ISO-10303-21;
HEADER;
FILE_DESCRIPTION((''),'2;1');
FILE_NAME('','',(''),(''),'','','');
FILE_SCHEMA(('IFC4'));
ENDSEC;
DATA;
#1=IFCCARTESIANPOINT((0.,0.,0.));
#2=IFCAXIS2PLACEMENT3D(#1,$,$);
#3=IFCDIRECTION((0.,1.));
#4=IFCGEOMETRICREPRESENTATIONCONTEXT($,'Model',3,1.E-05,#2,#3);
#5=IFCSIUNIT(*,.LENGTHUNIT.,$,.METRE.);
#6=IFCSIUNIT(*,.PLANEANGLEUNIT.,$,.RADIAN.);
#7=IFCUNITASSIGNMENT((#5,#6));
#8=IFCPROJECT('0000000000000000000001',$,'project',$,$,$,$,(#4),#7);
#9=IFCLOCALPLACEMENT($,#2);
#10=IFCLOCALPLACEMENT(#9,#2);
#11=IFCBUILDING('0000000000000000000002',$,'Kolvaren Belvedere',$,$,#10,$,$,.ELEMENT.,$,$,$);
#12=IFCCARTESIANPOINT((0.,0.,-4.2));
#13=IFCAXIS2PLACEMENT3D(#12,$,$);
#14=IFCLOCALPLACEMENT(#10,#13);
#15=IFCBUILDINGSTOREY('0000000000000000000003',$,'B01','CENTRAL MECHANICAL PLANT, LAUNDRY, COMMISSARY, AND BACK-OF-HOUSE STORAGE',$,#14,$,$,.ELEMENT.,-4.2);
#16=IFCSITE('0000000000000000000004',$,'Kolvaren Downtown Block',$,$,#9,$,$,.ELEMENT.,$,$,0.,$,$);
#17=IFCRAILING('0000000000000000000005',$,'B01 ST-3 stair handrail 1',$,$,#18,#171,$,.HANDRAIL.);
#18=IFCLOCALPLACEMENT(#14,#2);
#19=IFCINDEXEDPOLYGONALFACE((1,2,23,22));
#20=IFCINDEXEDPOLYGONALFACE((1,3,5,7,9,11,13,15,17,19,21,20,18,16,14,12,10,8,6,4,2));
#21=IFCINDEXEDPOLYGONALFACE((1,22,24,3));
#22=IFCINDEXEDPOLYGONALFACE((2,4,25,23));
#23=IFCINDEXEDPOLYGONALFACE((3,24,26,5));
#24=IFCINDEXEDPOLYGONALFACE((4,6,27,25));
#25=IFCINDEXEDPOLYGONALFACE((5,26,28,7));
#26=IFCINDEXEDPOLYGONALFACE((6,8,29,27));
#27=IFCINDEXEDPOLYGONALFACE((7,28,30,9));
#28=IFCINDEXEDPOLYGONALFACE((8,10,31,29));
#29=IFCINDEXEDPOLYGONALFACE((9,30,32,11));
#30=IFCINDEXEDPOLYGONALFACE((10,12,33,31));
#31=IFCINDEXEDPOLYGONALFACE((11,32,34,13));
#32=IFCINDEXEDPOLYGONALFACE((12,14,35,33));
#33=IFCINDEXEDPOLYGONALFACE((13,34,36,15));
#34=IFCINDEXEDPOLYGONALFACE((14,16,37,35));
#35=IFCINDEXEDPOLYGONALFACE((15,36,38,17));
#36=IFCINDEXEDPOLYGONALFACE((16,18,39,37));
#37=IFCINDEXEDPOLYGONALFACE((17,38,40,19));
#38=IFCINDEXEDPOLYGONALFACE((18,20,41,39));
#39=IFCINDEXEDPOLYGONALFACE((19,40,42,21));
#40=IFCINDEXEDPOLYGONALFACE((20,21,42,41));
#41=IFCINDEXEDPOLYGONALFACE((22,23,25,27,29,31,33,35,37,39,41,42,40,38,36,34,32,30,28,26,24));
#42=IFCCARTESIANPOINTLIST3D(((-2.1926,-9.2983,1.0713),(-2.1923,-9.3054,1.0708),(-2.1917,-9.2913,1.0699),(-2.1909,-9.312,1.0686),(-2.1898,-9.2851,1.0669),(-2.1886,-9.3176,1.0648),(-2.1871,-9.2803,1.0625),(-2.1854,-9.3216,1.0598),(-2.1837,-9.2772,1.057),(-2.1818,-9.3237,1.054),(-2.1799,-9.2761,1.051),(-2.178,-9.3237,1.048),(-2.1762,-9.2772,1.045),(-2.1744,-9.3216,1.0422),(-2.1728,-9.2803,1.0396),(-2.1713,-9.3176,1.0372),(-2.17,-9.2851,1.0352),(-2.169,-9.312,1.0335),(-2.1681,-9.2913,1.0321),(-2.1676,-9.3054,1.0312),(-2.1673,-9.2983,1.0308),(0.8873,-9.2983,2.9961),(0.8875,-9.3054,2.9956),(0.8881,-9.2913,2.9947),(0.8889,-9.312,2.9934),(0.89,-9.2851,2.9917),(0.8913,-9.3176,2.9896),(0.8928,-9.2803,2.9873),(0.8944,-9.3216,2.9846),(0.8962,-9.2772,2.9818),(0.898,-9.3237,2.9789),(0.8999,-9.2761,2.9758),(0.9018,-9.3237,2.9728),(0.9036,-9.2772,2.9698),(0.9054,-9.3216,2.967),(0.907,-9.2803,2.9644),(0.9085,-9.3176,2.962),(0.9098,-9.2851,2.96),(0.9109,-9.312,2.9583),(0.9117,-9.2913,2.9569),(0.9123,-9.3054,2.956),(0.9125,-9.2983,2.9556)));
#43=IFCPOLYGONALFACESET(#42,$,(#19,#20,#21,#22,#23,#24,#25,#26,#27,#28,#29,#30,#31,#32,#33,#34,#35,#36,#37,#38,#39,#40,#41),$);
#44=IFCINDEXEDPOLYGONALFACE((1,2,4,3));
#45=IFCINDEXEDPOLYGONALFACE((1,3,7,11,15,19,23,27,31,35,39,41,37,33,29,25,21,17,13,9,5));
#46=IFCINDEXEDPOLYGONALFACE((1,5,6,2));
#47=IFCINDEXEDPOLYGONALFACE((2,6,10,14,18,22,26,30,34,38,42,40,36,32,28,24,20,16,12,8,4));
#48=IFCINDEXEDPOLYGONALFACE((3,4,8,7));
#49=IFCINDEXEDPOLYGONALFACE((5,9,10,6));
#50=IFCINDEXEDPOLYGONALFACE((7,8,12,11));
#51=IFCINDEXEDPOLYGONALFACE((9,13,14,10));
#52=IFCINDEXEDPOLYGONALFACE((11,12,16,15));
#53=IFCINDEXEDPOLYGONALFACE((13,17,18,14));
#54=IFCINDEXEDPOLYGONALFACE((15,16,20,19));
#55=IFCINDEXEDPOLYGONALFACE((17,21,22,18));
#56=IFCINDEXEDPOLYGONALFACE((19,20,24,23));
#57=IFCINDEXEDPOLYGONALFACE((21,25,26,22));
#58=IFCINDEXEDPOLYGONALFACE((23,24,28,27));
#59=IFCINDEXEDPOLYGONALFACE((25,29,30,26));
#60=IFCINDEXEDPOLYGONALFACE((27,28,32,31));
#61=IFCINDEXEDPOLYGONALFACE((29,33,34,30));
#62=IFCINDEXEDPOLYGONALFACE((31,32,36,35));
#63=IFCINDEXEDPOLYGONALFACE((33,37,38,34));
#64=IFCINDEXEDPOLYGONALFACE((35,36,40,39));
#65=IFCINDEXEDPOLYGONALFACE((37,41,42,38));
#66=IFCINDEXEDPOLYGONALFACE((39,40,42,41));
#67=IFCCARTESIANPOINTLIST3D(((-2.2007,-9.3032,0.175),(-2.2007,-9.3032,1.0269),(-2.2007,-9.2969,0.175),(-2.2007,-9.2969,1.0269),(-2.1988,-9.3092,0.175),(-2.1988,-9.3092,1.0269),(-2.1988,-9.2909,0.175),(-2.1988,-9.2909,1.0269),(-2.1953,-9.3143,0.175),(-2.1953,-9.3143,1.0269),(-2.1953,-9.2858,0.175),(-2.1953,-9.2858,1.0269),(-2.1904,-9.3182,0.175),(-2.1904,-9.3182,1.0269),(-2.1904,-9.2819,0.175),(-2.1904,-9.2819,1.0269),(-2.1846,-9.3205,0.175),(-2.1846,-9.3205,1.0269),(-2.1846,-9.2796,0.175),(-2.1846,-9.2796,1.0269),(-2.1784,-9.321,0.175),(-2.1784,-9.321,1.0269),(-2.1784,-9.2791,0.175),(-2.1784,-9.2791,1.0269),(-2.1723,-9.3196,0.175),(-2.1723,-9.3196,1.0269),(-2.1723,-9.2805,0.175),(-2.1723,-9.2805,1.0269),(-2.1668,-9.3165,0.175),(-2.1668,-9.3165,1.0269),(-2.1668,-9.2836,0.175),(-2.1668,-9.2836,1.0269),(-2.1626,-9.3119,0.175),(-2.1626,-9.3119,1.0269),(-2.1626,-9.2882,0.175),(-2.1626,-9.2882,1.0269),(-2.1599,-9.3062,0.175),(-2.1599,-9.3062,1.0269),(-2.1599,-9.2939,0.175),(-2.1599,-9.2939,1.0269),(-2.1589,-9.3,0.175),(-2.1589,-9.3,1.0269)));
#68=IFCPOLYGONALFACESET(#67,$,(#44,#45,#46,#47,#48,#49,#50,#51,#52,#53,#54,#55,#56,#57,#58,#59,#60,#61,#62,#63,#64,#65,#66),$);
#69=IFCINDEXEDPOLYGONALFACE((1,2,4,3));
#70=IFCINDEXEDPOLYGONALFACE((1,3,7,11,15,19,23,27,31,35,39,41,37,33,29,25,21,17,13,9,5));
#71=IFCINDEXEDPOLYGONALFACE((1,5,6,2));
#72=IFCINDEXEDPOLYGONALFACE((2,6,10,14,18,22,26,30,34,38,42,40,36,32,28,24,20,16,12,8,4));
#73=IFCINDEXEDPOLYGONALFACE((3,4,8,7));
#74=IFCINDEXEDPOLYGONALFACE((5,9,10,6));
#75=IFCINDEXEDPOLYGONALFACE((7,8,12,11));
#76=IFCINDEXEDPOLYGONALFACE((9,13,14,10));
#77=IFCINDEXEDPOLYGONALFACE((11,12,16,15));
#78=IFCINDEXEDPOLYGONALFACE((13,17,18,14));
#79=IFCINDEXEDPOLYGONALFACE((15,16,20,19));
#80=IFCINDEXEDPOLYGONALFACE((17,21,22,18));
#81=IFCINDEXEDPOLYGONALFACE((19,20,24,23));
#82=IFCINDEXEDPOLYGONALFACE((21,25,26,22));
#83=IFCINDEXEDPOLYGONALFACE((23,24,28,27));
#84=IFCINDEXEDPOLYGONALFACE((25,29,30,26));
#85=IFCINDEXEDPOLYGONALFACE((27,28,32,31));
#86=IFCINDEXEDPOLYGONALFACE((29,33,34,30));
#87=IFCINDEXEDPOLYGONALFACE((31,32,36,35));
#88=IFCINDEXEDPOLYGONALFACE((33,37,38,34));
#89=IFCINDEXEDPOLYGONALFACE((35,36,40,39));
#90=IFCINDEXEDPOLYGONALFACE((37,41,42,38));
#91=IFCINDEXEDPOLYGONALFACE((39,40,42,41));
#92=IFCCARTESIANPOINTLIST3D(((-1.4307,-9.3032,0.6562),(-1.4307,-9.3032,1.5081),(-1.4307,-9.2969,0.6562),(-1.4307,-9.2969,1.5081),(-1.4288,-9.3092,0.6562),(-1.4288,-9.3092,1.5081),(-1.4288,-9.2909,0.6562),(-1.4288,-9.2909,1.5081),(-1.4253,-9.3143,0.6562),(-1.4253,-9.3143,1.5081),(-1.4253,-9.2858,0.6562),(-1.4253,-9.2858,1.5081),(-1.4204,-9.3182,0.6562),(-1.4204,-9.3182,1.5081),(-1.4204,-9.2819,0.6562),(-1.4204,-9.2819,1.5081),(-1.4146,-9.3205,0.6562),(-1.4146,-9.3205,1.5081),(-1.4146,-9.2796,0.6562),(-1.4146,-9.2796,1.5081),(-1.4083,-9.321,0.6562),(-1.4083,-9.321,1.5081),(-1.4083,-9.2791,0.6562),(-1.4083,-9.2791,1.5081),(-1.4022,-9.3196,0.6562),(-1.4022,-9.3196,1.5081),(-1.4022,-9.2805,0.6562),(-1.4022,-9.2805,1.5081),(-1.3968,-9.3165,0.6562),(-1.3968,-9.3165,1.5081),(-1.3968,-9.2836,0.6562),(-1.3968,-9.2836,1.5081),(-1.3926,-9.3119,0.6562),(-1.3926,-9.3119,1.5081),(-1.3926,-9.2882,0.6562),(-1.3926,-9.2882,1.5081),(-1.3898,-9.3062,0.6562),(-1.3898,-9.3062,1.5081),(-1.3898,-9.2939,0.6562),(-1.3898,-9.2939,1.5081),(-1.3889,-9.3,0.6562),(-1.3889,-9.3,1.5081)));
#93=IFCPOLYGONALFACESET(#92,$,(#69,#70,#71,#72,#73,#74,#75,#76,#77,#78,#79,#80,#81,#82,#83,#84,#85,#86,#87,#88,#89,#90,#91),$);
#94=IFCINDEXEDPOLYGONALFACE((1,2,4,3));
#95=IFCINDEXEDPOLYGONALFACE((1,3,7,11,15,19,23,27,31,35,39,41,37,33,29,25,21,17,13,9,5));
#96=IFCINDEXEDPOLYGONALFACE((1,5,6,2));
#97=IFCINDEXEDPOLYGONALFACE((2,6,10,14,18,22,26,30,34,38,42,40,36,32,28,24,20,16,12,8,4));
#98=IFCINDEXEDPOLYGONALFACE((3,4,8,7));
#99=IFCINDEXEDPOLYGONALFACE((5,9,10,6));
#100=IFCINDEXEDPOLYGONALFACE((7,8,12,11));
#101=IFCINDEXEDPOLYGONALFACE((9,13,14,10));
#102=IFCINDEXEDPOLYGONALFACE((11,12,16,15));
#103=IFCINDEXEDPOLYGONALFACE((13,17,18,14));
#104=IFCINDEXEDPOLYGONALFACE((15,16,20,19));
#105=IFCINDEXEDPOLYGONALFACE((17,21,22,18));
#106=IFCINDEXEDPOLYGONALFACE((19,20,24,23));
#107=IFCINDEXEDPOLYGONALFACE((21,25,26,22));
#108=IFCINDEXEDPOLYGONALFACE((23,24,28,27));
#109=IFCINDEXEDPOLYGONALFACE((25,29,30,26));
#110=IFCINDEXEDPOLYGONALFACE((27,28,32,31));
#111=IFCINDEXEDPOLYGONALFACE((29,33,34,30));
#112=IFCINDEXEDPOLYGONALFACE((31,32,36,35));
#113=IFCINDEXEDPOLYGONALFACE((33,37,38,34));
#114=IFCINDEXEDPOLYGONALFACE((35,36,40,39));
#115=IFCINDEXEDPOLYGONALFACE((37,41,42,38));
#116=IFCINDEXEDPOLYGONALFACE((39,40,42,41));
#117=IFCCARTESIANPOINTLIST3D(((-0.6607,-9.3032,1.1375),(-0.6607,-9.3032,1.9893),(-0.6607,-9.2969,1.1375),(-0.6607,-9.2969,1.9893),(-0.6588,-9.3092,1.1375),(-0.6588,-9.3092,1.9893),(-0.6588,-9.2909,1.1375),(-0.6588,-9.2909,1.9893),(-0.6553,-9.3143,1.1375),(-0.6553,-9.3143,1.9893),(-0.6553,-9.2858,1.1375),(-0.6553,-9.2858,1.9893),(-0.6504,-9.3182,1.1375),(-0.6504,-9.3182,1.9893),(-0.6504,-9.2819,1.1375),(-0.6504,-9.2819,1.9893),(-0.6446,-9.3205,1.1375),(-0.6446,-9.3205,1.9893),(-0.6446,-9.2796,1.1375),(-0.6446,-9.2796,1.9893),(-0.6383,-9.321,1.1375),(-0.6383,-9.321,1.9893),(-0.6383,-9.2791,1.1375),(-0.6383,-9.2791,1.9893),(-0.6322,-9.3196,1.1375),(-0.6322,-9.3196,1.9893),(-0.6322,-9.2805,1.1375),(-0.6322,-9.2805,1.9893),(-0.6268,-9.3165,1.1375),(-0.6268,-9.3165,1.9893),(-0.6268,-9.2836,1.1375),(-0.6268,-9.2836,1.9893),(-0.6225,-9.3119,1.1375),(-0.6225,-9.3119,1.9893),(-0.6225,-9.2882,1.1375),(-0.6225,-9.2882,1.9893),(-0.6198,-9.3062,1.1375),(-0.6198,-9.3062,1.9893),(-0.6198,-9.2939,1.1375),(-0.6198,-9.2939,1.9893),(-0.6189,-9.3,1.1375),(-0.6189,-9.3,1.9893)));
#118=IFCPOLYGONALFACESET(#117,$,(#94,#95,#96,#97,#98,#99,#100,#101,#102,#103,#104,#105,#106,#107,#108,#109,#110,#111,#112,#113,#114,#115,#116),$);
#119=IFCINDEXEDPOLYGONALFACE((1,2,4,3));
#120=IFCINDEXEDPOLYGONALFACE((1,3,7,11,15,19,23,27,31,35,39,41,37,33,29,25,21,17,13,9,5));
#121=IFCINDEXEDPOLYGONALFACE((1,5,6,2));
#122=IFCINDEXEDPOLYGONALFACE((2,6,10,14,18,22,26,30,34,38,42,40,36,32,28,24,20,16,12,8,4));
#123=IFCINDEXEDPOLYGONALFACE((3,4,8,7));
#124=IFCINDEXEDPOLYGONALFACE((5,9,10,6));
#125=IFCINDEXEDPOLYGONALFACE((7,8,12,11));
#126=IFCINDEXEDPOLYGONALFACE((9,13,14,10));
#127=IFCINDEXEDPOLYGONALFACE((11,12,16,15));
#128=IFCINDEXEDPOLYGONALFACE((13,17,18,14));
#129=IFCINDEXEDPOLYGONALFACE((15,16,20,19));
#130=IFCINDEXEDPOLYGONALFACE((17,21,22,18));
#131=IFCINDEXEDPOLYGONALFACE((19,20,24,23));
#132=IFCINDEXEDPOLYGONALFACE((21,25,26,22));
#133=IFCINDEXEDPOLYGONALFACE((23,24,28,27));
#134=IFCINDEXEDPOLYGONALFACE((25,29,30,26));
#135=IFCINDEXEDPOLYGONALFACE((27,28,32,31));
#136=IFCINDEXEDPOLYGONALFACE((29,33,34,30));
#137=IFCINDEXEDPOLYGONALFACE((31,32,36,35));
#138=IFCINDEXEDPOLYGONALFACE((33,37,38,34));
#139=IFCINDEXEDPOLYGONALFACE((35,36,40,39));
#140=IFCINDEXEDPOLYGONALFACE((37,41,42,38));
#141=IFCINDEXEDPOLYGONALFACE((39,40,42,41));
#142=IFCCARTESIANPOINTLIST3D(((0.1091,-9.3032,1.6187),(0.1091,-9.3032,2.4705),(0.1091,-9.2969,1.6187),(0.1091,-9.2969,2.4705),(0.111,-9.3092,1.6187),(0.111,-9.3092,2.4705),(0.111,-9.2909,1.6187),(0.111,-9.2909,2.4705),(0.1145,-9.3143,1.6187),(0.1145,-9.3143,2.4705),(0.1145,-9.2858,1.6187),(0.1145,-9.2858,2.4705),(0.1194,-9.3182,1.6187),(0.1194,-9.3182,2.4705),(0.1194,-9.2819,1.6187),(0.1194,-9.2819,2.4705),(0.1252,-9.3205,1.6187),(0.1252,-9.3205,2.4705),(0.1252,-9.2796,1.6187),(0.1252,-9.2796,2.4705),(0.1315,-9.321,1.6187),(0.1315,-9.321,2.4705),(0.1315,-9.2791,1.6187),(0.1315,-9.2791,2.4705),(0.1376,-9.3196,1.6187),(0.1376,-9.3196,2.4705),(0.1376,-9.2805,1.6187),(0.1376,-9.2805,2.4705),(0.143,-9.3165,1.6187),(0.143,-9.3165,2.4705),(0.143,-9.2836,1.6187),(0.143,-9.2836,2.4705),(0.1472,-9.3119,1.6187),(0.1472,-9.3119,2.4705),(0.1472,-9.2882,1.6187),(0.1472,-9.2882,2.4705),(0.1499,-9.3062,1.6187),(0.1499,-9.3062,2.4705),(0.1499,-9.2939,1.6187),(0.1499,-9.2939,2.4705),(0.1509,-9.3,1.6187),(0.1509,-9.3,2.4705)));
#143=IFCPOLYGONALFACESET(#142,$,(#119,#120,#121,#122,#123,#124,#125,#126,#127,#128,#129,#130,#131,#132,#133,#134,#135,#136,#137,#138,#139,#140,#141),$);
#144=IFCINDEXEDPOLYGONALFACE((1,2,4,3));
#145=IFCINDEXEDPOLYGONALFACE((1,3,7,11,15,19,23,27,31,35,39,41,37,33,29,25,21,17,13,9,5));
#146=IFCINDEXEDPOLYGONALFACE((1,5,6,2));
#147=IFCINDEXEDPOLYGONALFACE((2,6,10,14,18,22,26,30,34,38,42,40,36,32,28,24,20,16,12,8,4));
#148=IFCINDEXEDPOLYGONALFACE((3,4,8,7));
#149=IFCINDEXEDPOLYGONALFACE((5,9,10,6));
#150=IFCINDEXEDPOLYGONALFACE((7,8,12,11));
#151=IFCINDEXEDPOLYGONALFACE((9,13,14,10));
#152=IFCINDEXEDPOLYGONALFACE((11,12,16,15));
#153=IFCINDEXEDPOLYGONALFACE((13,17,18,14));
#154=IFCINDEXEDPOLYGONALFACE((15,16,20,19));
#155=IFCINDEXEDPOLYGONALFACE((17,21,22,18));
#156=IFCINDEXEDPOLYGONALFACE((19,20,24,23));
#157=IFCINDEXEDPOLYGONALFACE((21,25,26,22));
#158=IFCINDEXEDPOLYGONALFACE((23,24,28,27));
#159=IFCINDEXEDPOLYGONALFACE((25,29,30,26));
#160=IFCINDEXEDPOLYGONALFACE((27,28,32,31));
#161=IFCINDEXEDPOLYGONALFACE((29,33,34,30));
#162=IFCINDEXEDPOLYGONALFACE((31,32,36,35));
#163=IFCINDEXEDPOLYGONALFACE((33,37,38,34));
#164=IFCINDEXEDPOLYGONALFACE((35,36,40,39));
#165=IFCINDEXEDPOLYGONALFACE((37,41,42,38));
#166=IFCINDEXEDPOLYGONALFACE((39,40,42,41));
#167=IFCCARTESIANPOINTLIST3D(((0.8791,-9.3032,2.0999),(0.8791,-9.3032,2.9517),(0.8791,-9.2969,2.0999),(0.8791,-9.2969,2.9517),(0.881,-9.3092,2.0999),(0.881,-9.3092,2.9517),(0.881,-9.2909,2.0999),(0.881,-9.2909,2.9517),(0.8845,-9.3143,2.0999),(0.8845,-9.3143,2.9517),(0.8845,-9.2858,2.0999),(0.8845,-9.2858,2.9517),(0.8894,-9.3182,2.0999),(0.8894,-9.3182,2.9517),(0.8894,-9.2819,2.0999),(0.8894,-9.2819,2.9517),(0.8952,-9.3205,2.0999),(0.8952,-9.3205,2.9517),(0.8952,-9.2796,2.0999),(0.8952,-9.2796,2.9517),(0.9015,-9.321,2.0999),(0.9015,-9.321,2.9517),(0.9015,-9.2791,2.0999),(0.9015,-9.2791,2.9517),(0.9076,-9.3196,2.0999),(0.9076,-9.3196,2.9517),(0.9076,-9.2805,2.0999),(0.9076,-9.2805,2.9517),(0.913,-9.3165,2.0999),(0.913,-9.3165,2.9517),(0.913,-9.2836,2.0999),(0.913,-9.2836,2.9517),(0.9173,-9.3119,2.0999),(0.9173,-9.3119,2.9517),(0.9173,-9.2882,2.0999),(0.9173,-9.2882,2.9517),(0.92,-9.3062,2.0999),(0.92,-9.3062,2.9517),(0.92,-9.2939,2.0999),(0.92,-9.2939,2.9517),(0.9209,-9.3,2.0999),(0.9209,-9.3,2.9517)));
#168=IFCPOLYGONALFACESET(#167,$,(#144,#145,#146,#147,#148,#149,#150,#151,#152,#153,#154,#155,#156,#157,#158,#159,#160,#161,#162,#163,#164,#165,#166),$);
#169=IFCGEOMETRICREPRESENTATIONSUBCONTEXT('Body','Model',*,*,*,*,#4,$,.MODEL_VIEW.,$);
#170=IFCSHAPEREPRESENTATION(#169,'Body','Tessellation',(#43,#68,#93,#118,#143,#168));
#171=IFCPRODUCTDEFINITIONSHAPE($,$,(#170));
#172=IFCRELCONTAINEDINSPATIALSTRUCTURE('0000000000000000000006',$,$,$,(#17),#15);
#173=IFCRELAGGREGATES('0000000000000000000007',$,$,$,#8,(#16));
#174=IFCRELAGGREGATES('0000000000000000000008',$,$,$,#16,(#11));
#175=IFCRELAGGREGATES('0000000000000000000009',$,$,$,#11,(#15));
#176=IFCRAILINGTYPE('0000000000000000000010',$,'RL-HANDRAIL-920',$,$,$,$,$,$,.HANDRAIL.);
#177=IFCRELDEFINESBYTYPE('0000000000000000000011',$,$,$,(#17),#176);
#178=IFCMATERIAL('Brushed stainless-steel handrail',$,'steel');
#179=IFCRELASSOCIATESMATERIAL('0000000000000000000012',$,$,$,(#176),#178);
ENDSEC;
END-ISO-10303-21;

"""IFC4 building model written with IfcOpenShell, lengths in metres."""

from ifc_helpers import new_model, si_unit, direction, frame, origin, origin_2d, place, context, subcontext, project, spatial, circle, extrude, material, type_object, element, save


model = new_model("IFC4")

# Units and contexts
model_context = context("Model", 3, precision=1e-05, world=origin(), true_north=direction((0.0, 1.0)))
body_context = subcontext(model_context, "Body", "Model", "MODEL_VIEW")
ifc_project = project(units=[si_unit("LENGTHUNIT", "METRE"), si_unit("PLANEANGLEUNIT", "RADIAN")], contexts=[model_context])

# Site, building, storey
site_placement = place(None, origin())
site = spatial("IfcSite", under=ifc_project, at=site_placement, Name="Kolvaren Downtown Block", CompositionType="ELEMENT", RefElevation=0.0)
building_placement = place(site_placement, origin())
building = spatial("IfcBuilding", under=site, at=building_placement, Name="Kolvaren Belvedere", CompositionType="ELEMENT")
storey_placement = place(building_placement, frame((0.0, 0.0, -4.2)))
storey = spatial("IfcBuildingStorey", under=building, at=storey_placement, Name="B01", Description="CENTRAL MECHANICAL PLANT, LAUNDRY, COMMISSARY, AND BACK-OF-HOUSE STORAGE", CompositionType="ELEMENT", Elevation=-4.2)

# Railing
ifc_material_1 = material(Name="Brushed stainless-steel handrail", Category="steel")
railing_type_1 = type_object("IfcRailingType", Name="RL-HANDRAIL-920", PredefinedType="HANDRAIL", material=ifc_material_1)
railing_1_placement = place(storey_placement, frame((-2.1799, -9.3, 0.175)))
element("IfcRailing", 1, at=railing_1_placement, inside=storey, type_object=railing_type_1, Name="B01 ST-3 stair handrail 1", PredefinedType="HANDRAIL", context=body_context, shape_type="SweptSolid", body=[
    extrude(circle(Radius=0.0239, at=origin_2d()), frame((0.0, 0.0, 0.876), z_axis=(0.84801, 0.0, 0.529981), x_axis=(0.0, 1.0, 0.0)), (0.0, 0.0, 1.0), 3.6318),
    extrude(circle(Radius=0.021, at=origin_2d()), origin(), (0.0, 0.0, 1.0), 0.8518),
    extrude(circle(Radius=0.021, at=origin_2d()), frame((0.77, 0.0, 0.4812)), (0.0, 0.0, 1.0), 0.8518),
    extrude(circle(Radius=0.021, at=origin_2d()), frame((1.54, 0.0, 0.9624)), (0.0, 0.0, 1.0), 0.8518),
    extrude(circle(Radius=0.021, at=origin_2d()), frame((2.3098, 0.0, 1.4436)), (0.0, 0.0, 1.0), 0.8518),
    extrude(circle(Radius=0.021, at=origin_2d()), frame((3.0798, 0.0, 1.9248)), (0.0, 0.0, 1.0), 0.8518),
])

save(model, "model.ifc")
